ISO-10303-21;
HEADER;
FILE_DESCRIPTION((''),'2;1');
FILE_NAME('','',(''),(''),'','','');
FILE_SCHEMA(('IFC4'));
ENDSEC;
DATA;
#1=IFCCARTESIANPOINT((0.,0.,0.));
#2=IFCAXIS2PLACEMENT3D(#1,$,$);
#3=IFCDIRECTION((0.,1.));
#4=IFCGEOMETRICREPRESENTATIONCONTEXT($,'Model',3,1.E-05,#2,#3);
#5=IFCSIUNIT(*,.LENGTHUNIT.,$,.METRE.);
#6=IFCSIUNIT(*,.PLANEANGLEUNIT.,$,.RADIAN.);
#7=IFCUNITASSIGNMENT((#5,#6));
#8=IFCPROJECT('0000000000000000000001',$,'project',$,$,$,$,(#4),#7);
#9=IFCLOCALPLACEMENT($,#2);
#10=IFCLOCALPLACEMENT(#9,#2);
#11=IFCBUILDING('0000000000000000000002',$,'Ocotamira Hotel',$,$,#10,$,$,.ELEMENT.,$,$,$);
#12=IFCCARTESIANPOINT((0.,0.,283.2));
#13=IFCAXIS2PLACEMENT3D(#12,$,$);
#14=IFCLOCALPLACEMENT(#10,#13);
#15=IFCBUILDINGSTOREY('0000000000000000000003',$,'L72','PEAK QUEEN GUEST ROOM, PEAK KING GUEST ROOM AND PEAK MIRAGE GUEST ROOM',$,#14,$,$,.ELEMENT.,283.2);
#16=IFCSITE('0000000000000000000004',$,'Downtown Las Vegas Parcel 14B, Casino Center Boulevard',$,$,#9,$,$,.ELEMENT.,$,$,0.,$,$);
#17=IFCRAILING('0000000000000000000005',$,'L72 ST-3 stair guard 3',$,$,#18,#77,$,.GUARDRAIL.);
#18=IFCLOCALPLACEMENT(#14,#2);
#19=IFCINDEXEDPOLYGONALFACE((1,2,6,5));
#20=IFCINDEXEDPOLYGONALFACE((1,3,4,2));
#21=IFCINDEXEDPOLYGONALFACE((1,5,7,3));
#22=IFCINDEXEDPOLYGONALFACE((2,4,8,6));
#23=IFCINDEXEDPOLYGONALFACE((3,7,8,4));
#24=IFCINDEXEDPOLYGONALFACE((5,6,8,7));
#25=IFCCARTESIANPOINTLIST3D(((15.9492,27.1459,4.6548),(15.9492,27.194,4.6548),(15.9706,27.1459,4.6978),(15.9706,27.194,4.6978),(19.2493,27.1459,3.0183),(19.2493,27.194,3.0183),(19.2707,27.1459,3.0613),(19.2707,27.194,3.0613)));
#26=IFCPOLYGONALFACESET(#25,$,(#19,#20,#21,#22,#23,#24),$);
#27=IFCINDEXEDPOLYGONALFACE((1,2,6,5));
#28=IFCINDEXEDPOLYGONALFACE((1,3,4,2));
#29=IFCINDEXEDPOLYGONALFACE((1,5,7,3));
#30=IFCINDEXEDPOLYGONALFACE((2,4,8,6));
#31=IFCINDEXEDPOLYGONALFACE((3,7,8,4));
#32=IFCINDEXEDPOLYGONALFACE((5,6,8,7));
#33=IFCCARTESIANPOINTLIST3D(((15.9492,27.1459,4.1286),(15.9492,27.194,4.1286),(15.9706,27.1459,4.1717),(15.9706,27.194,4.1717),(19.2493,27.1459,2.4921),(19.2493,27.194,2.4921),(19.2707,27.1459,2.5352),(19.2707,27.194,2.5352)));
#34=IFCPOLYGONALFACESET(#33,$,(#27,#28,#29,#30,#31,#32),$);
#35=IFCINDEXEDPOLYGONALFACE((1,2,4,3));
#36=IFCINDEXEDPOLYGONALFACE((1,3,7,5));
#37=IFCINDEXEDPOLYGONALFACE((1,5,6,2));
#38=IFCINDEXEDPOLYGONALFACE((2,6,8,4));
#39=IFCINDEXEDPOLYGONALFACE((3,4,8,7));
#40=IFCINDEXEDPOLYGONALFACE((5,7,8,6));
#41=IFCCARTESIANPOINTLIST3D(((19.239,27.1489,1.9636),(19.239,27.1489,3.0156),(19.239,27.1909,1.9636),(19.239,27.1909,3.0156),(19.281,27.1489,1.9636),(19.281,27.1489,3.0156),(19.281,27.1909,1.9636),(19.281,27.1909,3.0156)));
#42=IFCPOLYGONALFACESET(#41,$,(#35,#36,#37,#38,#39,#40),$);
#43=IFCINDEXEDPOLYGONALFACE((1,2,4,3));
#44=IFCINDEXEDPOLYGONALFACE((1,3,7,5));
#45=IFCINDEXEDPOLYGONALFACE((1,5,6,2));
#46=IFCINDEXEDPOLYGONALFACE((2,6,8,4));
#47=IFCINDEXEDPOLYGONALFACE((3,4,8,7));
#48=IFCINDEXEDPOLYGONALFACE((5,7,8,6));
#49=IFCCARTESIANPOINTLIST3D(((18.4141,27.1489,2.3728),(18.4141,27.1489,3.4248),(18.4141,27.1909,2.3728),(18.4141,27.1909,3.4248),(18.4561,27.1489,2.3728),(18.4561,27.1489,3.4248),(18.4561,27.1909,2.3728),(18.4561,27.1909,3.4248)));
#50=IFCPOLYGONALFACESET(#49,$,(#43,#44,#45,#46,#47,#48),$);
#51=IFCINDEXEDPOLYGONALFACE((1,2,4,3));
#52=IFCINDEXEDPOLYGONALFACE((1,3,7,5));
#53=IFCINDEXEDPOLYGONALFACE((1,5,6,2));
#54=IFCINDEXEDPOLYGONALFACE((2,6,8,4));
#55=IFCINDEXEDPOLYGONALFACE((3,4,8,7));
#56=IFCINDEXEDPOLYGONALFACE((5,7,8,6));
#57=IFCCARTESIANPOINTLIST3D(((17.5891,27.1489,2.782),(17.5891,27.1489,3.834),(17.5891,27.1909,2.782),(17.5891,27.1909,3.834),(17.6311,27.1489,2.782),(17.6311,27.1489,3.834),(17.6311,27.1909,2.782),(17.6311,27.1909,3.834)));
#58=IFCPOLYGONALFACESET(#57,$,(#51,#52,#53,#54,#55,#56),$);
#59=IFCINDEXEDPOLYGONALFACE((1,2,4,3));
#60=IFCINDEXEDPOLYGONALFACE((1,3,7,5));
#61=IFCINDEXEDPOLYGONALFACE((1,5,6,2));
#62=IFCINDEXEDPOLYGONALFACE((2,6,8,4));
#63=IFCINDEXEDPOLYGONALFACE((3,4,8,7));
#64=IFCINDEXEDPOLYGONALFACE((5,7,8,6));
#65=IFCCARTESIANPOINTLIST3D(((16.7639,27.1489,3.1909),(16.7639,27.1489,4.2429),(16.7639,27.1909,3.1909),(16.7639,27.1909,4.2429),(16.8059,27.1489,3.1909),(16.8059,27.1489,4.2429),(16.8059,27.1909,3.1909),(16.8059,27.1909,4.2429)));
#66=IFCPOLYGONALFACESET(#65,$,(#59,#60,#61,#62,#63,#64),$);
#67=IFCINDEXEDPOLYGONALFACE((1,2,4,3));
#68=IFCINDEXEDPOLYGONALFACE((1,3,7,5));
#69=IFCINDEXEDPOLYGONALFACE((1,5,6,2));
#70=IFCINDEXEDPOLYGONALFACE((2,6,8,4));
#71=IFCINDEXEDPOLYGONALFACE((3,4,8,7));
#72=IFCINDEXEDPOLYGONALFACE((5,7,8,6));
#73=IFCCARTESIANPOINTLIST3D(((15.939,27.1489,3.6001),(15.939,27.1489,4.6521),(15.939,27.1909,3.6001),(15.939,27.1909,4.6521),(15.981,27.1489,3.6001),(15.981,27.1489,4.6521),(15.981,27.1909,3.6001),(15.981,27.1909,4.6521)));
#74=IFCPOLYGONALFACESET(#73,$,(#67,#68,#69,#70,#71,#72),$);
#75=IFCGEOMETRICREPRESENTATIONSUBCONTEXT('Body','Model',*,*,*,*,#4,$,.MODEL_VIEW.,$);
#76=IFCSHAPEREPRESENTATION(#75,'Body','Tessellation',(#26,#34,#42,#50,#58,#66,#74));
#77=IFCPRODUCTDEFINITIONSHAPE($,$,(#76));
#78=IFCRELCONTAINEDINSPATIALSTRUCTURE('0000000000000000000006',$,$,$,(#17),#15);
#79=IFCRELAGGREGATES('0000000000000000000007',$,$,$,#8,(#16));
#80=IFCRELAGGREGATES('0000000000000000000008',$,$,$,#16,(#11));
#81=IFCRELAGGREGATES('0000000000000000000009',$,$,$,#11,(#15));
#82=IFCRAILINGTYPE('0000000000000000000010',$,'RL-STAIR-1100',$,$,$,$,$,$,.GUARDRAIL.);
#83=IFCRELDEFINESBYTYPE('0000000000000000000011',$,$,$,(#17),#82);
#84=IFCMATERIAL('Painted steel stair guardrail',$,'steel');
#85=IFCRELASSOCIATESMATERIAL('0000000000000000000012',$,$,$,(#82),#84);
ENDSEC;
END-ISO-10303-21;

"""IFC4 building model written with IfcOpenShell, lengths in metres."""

from ifc_helpers import new_model, si_unit, direction, frame, origin, origin_2d, place, context, subcontext, project, spatial, rectangle, extrude, material, type_object, element, save


model = new_model("IFC4")

# Units and contexts
model_context = context("Model", 3, precision=1e-05, world=origin(), true_north=direction((0.0, 1.0)))
body_context = subcontext(model_context, "Body", "Model", "MODEL_VIEW")
ifc_project = project(units=[si_unit("LENGTHUNIT", "METRE"), si_unit("PLANEANGLEUNIT", "RADIAN")], contexts=[model_context])

# Site, building, storey
site_placement = place(None, origin())
site = spatial("IfcSite", under=ifc_project, at=site_placement, Name="Downtown Las Vegas Parcel 14B, Casino Center Boulevard", CompositionType="ELEMENT", RefElevation=0.0)
building_placement = place(site_placement, origin())
building = spatial("IfcBuilding", under=site, at=building_placement, Name="Ocotamira Hotel", CompositionType="ELEMENT")
storey_placement = place(building_placement, frame((0.0, 0.0, 283.2)))
storey = spatial("IfcBuildingStorey", under=building, at=storey_placement, Name="L72", Description="PEAK QUEEN GUEST ROOM, PEAK KING GUEST ROOM AND PEAK MIRAGE GUEST ROOM", CompositionType="ELEMENT", Elevation=283.2)

# Railing
ifc_material_1 = material(Name="Painted steel stair guardrail", Category="steel")
railing_type_1 = type_object("IfcRailingType", Name="RL-STAIR-1100", PredefinedType="GUARDRAIL", material=ifc_material_1)
railing_1_placement = place(storey_placement, frame((19.26, 27.1699, 1.9636)))
element("IfcRailing", 1, at=railing_1_placement, inside=storey, type_object=railing_type_1, Name="L72 ST-3 stair guard 3", PredefinedType="GUARDRAIL", context=body_context, shape_type="SweptSolid", body=[
    extrude(rectangle(XDim=0.0481, YDim=0.0481, at=origin_2d()), frame((0.0, 0.0, 1.0762), z_axis=(-0.895894, 0.0, 0.444268), x_axis=(0.0, -1.0, 0.0)), (0.0, 0.0, 1.0), 3.6836),
    extrude(rectangle(XDim=0.0481, YDim=0.0481, at=origin_2d()), frame((0.0, 0.0, 0.55), z_axis=(-0.895894, 0.0, 0.444268), x_axis=(0.0, -1.0, 0.0)), (0.0, 0.0, 1.0), 3.6836),
    extrude(rectangle(XDim=0.042, YDim=0.042, at=origin_2d()), origin(), (0.0, 0.0, 1.0), 1.052),
    extrude(rectangle(XDim=0.042, YDim=0.042, at=origin_2d()), frame((-0.825, 0.0, 0.4092)), (0.0, 0.0, 1.0), 1.052),
    extrude(rectangle(XDim=0.042, YDim=0.042, at=origin_2d()), frame((-1.6499, 0.0, 0.8184)), (0.0, 0.0, 1.0), 1.052),
    extrude(rectangle(XDim=0.042, YDim=0.042, at=origin_2d()), frame((-2.4751, 0.0, 1.2273)), (0.0, 0.0, 1.0), 1.052),
    extrude(rectangle(XDim=0.042, YDim=0.042, at=origin_2d()), frame((-3.3, 0.0, 1.6365)), (0.0, 0.0, 1.0), 1.052),
])

save(model, "model.ifc")
